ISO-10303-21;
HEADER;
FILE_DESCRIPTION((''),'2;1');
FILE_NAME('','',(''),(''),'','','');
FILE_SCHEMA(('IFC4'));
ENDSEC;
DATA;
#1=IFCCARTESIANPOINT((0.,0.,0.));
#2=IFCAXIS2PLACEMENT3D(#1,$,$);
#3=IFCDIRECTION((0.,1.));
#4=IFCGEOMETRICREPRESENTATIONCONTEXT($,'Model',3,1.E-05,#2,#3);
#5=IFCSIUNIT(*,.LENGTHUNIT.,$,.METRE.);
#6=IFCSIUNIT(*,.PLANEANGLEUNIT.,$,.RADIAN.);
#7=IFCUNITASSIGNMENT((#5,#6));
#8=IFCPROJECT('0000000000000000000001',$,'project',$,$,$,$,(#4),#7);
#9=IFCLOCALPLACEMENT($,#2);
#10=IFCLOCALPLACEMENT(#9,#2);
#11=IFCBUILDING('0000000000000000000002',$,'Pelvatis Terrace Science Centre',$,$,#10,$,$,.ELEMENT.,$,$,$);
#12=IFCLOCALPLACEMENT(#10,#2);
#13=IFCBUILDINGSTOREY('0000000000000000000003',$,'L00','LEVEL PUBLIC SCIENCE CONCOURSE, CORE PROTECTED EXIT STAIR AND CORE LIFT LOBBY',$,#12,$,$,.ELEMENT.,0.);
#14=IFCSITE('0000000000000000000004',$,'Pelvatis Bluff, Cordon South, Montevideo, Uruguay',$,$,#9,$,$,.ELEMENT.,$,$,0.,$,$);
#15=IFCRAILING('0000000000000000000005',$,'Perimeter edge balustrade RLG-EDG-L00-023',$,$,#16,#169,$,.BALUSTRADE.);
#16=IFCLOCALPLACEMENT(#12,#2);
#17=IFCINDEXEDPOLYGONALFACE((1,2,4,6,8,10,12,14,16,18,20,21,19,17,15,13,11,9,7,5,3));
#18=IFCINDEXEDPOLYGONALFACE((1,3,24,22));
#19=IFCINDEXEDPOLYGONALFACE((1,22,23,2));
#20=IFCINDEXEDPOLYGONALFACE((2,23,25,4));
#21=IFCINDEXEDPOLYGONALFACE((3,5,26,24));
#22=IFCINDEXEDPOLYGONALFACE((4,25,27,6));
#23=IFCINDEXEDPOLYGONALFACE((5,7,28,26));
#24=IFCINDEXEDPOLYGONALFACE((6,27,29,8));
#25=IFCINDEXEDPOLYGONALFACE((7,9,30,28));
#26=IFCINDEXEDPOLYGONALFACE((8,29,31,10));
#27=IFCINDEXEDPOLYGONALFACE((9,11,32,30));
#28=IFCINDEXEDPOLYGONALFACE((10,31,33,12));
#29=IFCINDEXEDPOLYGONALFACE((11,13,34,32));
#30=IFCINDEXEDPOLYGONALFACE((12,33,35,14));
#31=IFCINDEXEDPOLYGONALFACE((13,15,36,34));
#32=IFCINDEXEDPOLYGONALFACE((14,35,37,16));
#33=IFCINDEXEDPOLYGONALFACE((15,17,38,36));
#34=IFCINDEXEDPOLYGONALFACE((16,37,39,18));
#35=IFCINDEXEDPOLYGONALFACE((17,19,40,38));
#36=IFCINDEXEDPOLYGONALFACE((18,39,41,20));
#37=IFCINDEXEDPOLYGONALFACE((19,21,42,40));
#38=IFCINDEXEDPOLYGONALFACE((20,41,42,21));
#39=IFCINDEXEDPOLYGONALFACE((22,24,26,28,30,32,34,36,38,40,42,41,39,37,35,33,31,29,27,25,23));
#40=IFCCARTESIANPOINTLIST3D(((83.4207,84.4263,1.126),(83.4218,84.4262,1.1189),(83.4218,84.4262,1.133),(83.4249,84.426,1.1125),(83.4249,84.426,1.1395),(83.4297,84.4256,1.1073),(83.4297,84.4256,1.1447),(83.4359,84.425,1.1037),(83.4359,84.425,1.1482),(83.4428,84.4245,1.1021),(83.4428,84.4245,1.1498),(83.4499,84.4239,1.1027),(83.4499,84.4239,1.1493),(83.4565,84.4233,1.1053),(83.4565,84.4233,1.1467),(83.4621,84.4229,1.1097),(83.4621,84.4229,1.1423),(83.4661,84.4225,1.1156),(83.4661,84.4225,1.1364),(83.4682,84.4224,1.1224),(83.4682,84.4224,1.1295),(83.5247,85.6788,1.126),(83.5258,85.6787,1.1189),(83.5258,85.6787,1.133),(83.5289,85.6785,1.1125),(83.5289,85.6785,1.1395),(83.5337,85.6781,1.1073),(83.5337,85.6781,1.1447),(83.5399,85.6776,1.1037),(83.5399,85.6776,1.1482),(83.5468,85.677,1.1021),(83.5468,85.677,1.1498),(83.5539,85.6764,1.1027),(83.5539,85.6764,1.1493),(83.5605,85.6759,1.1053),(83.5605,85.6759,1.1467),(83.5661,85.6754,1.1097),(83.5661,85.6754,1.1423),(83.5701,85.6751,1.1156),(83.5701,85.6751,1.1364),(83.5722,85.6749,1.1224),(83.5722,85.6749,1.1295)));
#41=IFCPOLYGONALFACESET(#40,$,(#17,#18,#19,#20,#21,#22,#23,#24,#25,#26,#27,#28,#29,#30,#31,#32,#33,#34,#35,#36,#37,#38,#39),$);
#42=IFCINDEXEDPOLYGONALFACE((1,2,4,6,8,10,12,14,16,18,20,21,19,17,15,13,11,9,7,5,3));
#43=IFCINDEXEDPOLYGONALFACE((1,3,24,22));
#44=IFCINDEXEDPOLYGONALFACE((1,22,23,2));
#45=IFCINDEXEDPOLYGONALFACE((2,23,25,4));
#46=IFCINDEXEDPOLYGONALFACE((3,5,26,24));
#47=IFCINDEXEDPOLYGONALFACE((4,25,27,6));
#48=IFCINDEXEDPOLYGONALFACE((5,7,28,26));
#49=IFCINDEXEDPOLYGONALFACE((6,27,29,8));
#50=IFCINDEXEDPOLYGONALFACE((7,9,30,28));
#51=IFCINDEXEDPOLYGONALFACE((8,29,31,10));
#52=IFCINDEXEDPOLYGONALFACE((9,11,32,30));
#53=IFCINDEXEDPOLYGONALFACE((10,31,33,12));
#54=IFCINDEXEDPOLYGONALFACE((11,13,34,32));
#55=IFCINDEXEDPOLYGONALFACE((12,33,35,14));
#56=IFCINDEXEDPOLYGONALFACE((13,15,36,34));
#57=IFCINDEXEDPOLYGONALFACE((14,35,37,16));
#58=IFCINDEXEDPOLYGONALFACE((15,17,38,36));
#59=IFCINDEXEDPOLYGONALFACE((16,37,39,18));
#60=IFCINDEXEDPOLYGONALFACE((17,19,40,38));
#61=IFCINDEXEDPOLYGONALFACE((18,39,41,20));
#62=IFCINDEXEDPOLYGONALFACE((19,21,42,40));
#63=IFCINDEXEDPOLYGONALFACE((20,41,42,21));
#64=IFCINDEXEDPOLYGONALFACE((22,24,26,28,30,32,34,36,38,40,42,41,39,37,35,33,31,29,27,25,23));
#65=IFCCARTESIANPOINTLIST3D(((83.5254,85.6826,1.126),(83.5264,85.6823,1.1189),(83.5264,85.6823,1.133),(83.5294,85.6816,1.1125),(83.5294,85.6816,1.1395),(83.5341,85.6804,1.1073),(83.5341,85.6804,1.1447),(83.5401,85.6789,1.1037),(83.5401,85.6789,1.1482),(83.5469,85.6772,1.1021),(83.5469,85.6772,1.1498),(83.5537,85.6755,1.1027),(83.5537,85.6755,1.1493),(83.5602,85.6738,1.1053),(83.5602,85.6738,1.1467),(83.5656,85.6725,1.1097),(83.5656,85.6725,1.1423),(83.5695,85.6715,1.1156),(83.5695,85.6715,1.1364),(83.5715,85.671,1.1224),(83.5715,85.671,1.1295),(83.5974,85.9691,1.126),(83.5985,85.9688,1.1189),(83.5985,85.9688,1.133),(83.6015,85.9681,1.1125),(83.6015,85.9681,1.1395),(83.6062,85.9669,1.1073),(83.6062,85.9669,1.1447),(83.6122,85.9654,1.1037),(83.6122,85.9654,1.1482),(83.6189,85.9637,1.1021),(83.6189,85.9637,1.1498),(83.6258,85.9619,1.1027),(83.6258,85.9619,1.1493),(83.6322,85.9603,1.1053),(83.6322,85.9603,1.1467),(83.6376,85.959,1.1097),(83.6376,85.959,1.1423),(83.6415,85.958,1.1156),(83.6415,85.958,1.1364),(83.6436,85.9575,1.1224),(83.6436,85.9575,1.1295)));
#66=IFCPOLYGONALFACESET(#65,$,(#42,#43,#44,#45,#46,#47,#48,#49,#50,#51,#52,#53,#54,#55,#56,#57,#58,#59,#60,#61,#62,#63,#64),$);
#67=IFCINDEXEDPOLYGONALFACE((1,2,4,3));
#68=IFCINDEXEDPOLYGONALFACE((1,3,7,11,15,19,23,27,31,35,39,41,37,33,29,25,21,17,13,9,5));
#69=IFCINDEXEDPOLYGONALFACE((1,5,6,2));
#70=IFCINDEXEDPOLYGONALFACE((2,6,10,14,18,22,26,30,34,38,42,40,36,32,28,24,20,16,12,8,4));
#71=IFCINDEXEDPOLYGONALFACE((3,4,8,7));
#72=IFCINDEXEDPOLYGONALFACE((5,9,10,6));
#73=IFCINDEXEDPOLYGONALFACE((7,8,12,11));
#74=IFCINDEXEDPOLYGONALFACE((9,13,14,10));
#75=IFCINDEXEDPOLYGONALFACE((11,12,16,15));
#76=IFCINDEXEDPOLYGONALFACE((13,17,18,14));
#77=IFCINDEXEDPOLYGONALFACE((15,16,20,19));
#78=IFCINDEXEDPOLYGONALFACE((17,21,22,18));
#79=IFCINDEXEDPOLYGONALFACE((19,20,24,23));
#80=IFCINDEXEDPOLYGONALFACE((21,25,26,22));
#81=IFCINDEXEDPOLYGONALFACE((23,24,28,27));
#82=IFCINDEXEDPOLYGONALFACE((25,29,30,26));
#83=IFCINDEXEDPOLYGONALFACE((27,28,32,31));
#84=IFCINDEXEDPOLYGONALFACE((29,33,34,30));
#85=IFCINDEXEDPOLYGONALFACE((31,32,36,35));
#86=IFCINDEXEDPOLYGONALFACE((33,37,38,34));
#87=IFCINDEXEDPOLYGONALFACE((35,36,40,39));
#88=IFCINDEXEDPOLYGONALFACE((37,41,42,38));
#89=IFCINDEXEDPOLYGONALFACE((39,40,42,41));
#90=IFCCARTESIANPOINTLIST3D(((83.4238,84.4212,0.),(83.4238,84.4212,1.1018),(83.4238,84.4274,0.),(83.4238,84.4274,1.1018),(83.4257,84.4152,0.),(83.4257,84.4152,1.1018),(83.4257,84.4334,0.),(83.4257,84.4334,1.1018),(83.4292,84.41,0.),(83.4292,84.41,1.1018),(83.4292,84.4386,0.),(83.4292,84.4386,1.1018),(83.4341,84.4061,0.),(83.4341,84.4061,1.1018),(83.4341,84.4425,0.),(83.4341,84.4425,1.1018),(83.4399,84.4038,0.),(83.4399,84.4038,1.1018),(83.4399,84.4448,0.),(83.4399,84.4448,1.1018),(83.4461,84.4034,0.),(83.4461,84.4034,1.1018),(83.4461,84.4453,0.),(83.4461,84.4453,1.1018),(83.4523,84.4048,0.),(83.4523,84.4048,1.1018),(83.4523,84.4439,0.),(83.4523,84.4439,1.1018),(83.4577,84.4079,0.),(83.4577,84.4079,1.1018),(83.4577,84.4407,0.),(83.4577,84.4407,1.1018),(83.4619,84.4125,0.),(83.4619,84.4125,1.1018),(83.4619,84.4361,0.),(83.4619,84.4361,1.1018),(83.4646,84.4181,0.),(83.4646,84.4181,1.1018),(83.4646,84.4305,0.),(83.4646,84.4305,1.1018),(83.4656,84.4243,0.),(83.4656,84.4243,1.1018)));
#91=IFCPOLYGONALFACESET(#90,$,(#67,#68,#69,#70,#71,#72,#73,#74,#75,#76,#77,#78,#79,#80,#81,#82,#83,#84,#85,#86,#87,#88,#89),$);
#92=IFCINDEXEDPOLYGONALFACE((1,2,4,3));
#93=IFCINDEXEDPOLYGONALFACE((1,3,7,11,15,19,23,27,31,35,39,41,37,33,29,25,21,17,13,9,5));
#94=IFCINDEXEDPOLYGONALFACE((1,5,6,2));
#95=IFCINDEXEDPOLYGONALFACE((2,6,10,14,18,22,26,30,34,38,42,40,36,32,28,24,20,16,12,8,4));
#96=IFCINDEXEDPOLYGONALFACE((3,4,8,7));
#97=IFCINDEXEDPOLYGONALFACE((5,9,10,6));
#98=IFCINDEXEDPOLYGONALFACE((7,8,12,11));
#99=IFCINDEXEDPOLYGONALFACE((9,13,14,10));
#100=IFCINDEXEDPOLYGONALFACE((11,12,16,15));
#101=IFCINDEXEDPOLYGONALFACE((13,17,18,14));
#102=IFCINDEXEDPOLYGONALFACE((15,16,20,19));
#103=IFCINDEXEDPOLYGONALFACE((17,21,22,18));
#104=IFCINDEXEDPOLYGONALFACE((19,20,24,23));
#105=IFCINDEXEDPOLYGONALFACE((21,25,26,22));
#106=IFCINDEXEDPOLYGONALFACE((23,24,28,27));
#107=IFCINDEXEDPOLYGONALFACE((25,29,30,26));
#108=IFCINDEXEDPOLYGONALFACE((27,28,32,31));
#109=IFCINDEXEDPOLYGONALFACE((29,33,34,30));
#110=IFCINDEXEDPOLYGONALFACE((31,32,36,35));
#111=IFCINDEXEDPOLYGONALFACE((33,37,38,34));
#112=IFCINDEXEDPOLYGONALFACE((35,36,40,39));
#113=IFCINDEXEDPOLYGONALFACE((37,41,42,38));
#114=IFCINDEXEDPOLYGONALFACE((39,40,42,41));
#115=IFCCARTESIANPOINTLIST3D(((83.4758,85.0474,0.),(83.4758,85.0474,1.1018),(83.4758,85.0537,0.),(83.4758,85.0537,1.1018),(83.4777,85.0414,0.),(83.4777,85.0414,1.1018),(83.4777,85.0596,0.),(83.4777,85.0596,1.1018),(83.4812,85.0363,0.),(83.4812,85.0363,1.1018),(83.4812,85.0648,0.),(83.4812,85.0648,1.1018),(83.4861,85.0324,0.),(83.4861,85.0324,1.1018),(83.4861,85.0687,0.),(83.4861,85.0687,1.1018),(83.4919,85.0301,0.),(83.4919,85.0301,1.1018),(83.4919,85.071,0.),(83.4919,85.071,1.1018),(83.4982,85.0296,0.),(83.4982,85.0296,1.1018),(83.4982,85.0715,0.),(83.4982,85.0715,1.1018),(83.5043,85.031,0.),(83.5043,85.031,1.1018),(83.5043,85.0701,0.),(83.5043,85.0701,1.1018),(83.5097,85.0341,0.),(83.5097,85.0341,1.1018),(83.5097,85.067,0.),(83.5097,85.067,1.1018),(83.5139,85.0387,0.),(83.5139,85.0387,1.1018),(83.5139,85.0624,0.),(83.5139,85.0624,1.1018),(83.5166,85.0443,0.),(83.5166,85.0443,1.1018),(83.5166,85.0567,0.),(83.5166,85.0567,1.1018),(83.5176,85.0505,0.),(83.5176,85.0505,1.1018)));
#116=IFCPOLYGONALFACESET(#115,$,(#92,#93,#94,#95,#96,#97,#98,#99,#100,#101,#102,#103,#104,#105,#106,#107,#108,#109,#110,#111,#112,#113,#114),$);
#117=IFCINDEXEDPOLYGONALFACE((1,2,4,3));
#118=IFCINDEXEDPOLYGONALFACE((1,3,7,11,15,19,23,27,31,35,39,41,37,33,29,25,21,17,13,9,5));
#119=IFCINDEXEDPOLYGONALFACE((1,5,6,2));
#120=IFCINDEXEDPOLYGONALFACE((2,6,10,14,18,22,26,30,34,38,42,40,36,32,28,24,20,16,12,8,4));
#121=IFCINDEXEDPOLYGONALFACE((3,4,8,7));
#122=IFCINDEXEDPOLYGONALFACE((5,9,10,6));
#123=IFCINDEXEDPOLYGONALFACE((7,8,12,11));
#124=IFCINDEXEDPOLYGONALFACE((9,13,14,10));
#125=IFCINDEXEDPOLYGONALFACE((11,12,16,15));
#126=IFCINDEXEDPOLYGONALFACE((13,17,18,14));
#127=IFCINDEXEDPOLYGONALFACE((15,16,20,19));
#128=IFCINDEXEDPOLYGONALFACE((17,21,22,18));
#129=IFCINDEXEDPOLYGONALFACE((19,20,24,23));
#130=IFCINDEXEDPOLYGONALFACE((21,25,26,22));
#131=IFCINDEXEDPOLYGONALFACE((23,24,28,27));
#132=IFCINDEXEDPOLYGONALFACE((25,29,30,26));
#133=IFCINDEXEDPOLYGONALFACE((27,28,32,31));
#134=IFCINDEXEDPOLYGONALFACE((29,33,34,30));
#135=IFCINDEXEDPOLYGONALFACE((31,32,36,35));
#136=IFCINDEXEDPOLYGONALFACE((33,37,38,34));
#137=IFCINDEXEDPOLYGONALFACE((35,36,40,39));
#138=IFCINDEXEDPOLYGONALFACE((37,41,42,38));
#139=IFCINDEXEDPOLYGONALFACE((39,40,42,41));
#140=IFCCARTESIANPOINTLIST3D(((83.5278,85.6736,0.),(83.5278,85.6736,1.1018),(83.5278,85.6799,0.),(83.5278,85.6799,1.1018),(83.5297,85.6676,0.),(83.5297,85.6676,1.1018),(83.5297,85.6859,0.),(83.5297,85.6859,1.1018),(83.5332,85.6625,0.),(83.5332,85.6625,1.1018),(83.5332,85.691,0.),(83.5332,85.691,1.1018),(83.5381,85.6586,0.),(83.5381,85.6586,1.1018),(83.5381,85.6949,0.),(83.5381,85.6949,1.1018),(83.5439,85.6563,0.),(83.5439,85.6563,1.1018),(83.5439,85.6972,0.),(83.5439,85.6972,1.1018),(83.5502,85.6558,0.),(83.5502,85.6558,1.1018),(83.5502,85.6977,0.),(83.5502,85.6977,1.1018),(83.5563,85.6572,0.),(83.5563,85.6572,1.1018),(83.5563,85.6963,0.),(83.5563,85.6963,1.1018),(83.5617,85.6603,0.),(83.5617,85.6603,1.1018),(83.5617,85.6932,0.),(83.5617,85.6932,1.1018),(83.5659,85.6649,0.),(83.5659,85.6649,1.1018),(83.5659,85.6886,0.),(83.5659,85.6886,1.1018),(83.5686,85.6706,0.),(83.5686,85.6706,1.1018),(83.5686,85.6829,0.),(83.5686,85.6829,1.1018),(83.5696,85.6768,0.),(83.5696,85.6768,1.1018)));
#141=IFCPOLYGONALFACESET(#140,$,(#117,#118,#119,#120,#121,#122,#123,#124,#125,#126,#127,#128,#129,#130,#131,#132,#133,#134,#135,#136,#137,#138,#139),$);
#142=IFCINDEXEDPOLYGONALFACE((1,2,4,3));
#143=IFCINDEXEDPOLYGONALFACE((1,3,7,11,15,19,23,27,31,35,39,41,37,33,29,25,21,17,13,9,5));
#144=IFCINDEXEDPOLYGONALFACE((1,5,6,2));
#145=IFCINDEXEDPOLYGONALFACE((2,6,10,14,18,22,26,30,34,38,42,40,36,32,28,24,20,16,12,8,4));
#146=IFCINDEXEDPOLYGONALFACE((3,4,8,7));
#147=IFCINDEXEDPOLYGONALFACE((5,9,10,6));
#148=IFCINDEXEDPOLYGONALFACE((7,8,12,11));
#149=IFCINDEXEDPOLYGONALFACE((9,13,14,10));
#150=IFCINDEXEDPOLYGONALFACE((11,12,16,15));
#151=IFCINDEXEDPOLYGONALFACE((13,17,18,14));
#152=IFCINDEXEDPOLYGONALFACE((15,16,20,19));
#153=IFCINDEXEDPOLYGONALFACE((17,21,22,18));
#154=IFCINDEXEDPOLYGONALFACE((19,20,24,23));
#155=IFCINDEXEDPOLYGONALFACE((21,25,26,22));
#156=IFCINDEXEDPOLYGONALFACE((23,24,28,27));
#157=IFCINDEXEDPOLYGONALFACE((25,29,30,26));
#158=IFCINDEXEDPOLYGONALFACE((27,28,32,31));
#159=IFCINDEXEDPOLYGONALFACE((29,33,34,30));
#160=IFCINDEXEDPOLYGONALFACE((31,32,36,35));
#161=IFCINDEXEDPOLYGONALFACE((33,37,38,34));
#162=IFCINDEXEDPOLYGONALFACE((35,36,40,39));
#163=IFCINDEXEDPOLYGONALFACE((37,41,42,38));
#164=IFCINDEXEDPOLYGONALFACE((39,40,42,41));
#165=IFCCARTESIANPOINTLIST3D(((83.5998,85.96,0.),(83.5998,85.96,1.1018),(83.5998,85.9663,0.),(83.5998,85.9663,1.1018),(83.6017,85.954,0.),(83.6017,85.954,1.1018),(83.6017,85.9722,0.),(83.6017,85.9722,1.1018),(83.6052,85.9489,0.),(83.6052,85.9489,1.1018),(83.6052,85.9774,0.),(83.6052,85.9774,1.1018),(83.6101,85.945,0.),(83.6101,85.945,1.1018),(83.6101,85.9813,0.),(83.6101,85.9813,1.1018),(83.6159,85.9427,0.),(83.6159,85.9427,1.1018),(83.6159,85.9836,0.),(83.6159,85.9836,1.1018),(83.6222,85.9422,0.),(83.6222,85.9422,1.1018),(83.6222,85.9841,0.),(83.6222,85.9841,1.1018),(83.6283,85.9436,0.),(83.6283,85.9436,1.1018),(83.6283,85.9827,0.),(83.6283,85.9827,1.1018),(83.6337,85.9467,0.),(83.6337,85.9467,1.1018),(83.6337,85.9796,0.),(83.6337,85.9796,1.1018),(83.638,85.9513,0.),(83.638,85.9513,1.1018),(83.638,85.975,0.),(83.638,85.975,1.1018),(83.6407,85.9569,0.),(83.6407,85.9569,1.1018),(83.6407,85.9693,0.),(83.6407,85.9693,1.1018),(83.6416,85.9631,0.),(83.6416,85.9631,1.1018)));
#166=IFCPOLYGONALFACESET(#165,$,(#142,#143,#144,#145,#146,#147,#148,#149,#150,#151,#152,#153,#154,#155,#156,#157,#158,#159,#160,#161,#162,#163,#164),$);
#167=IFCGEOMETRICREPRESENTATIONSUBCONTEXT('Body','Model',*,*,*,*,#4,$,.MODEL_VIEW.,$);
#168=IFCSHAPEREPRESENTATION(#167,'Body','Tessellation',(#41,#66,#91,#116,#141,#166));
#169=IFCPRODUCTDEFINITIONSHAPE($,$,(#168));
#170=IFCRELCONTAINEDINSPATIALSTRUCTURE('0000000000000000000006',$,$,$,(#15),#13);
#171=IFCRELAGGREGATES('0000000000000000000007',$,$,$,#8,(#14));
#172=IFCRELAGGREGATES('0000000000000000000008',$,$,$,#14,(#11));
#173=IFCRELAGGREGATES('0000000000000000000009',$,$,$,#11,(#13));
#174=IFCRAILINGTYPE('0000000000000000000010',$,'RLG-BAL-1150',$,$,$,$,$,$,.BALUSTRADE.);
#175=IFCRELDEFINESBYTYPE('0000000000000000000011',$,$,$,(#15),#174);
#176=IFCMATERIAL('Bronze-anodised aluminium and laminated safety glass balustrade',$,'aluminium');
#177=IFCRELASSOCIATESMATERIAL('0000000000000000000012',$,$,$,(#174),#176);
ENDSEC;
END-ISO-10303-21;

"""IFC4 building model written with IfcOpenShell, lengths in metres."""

from ifc_helpers import new_model, si_unit, direction, frame, origin, origin_2d, place, context, subcontext, project, spatial, circle, extrude, material, type_object, element, save


model = new_model("IFC4")

# Units and contexts
model_context = context("Model", 3, precision=1e-05, world=origin(), true_north=direction((0.0, 1.0)))
body_context = subcontext(model_context, "Body", "Model", "MODEL_VIEW")
ifc_project = project(units=[si_unit("LENGTHUNIT", "METRE"), si_unit("PLANEANGLEUNIT", "RADIAN")], contexts=[model_context])

# Site, building, storey
site_placement = place(None, origin())
site = spatial("IfcSite", under=ifc_project, at=site_placement, Name="Pelvatis Bluff, Cordon South, Montevideo, Uruguay", CompositionType="ELEMENT", RefElevation=0.0)
building_placement = place(site_placement, origin())
building = spatial("IfcBuilding", under=site, at=building_placement, Name="Pelvatis Terrace Science Centre", CompositionType="ELEMENT")
storey_placement = place(building_placement, origin())
storey = spatial("IfcBuildingStorey", under=building, at=storey_placement, Name="L00", Description="LEVEL PUBLIC SCIENCE CONCOURSE, CORE PROTECTED EXIT STAIR AND CORE LIFT LOBBY", CompositionType="ELEMENT", Elevation=0.0)

# Railing
ifc_material_1 = material(Name="Bronze-anodised aluminium and laminated safety glass balustrade", Category="aluminium")
railing_type = type_object("IfcRailingType", Name="RLG-BAL-1150", PredefinedType="BALUSTRADE", material=ifc_material_1)
railing_placement = place(storey_placement, frame((83.4446, 84.4243, 0.0)))
element("IfcRailing", 1, at=railing_placement, inside=storey, type_object=railing_type, Name="Perimeter edge balustrade RLG-EDG-L00-023", PredefinedType="BALUSTRADE", context=body_context, shape_type="SweptSolid", body=[
    extrude(circle(Radius=0.0239, at=origin_2d()), frame((0.0, 0.0, 1.126), z_axis=(0.082756, 0.99657, 0.0), x_axis=(-0.99657, 0.082756, 0.0)), (0.0, 0.0, 1.0), 1.2568),
    extrude(circle(Radius=0.0239, at=origin_2d()), frame((0.104, 1.2524, 1.126), z_axis=(0.243897, 0.969801, 0.0), x_axis=(-0.969801, 0.243897, 0.0)), (0.0, 0.0, 1.0), 0.2954),
    extrude(circle(Radius=0.021, at=origin_2d()), origin(), (0.0, 0.0, 1.0), 1.1018),
    extrude(circle(Radius=0.021, at=origin_2d()), frame((0.052, 0.6262, 0.0)), (0.0, 0.0, 1.0), 1.1018),
    extrude(circle(Radius=0.021, at=origin_2d()), frame((0.104, 1.2524, 0.0)), (0.0, 0.0, 1.0), 1.1018),
    extrude(circle(Radius=0.021, at=origin_2d()), frame((0.176, 1.5388, 0.0)), (0.0, 0.0, 1.0), 1.1018),
])

save(model, "model.ifc")
